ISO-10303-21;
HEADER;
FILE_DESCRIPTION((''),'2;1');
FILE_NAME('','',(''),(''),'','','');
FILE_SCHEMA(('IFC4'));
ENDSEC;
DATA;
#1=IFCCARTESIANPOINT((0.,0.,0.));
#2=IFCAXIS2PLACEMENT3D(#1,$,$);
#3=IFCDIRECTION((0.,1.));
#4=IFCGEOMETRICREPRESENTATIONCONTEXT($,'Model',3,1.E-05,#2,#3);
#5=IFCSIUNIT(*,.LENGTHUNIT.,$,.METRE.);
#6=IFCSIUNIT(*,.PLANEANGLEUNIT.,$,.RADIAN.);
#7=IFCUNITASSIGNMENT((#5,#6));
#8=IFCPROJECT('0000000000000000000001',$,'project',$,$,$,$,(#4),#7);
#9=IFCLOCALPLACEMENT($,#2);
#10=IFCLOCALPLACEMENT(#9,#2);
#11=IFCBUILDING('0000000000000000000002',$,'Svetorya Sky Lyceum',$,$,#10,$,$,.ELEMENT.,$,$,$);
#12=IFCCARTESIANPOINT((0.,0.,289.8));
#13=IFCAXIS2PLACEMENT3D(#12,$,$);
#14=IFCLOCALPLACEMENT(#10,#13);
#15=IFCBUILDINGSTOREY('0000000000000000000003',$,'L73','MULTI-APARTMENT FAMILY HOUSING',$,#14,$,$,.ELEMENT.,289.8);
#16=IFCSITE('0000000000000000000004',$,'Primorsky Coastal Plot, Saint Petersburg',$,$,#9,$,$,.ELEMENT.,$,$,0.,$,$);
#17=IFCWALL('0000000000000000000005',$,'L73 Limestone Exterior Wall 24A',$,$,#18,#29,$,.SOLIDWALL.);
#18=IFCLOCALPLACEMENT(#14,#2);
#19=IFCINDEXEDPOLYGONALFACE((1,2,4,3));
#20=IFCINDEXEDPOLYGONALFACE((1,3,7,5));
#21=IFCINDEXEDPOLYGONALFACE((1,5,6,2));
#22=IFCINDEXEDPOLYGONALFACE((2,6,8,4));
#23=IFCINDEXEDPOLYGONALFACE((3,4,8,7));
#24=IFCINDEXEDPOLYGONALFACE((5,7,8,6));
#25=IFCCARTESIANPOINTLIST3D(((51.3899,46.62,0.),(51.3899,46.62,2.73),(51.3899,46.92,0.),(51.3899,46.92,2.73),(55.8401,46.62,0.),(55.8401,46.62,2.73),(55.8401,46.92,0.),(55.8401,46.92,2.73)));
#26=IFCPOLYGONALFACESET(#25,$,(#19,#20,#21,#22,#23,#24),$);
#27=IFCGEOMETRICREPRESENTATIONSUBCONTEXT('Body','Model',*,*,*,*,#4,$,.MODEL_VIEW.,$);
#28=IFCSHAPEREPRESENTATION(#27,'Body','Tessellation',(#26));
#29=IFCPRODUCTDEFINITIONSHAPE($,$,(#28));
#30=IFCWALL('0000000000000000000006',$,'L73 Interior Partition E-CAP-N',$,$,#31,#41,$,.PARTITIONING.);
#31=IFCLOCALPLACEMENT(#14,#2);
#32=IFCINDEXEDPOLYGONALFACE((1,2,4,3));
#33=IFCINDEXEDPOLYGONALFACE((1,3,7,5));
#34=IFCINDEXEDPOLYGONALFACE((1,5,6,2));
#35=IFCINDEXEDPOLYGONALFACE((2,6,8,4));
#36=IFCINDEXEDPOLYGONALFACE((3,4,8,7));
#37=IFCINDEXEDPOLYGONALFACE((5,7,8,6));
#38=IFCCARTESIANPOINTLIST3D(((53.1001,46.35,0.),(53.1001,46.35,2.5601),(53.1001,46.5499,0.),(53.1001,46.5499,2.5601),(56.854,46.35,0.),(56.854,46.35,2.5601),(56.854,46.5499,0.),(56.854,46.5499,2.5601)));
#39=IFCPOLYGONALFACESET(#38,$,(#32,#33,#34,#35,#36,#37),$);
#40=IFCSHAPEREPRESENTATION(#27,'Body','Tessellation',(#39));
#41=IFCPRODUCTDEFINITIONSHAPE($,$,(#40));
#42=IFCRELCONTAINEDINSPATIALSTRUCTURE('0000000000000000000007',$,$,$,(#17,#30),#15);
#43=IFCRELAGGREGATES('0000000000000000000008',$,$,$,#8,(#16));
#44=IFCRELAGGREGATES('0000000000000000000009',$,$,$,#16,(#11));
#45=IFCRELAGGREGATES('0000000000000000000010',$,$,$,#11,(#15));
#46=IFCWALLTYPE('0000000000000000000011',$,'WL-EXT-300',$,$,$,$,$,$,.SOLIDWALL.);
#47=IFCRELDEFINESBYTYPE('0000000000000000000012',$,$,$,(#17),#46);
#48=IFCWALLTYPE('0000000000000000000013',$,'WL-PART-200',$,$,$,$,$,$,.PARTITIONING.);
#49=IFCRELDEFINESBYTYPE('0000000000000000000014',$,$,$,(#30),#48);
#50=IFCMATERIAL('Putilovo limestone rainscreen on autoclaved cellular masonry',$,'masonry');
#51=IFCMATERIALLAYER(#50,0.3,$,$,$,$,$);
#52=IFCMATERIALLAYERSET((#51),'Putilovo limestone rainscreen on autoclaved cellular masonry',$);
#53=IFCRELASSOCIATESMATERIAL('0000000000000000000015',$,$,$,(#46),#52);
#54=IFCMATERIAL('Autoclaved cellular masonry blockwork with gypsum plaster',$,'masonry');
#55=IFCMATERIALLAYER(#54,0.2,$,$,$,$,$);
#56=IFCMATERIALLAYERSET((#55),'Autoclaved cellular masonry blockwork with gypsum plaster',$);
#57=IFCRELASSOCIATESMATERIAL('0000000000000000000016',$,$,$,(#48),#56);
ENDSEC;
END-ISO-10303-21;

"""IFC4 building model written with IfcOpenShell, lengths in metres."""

from ifc_helpers import new_model, si_unit, direction, frame, frame_2d, origin, place, context, subcontext, project, spatial, rectangle, extrude, material, layer, layer_set, type_object, element, save


model = new_model("IFC4")

# Units and contexts
model_context = context("Model", 3, precision=1e-05, world=origin(), true_north=direction((0.0, 1.0)))
body_context = subcontext(model_context, "Body", "Model", "MODEL_VIEW")
ifc_project = project(units=[si_unit("LENGTHUNIT", "METRE"), si_unit("PLANEANGLEUNIT", "RADIAN")], contexts=[model_context])

# Site, building, storey
site_placement = place(None, origin())
site = spatial("IfcSite", under=ifc_project, at=site_placement, Name="Primorsky Coastal Plot, Saint Petersburg", CompositionType="ELEMENT", RefElevation=0.0)
building_placement = place(site_placement, origin())
building = spatial("IfcBuilding", under=site, at=building_placement, Name="Svetorya Sky Lyceum", CompositionType="ELEMENT")
storey_placement = place(building_placement, frame((0.0, 0.0, 289.8)))
storey = spatial("IfcBuildingStorey", under=building, at=storey_placement, Name="L73", Description="MULTI-APARTMENT FAMILY HOUSING", CompositionType="ELEMENT", Elevation=289.8)

# Wall
ifc_material_1 = material(Name="Putilovo limestone rainscreen on autoclaved cellular masonry", Category="masonry")
ifc_layer_1 = layer(ifc_material_1, 0.3)
ifc_layer_set_1 = layer_set([ifc_layer_1], Name="Putilovo limestone rainscreen on autoclaved cellular masonry")
wall_type_1 = type_object("IfcWallType", Name="WL-EXT-300", PredefinedType="SOLIDWALL", material=ifc_layer_set_1)
wall_1_placement = place(storey_placement, frame((55.8401, 46.77, 0.0), z_axis=(0.0, 0.0, 1.0), x_axis=(-1.0, 0.0, 0.0)))
element("IfcWall", 1, at=wall_1_placement, inside=storey, type_object=wall_type_1, Name="L73 Limestone Exterior Wall 24A", PredefinedType="SOLIDWALL", context=body_context, shape_type="SweptSolid", body=[
    extrude(rectangle(XDim=4.4502, YDim=0.3, at=frame_2d((2.2251, 0.0))), origin(), (0.0, 0.0, 1.0), 2.73),
])

# Shared definitions
ifc_material_2 = material(Name="Autoclaved cellular masonry blockwork with gypsum plaster", Category="masonry")
ifc_layer_2 = layer(ifc_material_2, 0.2)
ifc_layer_set_2 = layer_set([ifc_layer_2], Name="Autoclaved cellular masonry blockwork with gypsum plaster")
wall_type_2 = type_object("IfcWallType", Name="WL-PART-200", PredefinedType="PARTITIONING", material=ifc_layer_set_2)

# Wall
wall_2_placement = place(storey_placement, frame((53.1001, 46.45, 0.0), z_axis=(0.0, 0.0, 1.0), x_axis=(1.0, 0.0, 0.0)))
element("IfcWall", 2, at=wall_2_placement, inside=storey, type_object=wall_type_2, Name="L73 Interior Partition E-CAP-N", PredefinedType="PARTITIONING", context=body_context, shape_type="SweptSolid", body=[
    extrude(rectangle(XDim=3.7539, YDim=0.2, at=frame_2d((1.877, 0.0))), origin(), (0.0, 0.0, 1.0), 2.5601),
])

save(model, "model.ifc")
